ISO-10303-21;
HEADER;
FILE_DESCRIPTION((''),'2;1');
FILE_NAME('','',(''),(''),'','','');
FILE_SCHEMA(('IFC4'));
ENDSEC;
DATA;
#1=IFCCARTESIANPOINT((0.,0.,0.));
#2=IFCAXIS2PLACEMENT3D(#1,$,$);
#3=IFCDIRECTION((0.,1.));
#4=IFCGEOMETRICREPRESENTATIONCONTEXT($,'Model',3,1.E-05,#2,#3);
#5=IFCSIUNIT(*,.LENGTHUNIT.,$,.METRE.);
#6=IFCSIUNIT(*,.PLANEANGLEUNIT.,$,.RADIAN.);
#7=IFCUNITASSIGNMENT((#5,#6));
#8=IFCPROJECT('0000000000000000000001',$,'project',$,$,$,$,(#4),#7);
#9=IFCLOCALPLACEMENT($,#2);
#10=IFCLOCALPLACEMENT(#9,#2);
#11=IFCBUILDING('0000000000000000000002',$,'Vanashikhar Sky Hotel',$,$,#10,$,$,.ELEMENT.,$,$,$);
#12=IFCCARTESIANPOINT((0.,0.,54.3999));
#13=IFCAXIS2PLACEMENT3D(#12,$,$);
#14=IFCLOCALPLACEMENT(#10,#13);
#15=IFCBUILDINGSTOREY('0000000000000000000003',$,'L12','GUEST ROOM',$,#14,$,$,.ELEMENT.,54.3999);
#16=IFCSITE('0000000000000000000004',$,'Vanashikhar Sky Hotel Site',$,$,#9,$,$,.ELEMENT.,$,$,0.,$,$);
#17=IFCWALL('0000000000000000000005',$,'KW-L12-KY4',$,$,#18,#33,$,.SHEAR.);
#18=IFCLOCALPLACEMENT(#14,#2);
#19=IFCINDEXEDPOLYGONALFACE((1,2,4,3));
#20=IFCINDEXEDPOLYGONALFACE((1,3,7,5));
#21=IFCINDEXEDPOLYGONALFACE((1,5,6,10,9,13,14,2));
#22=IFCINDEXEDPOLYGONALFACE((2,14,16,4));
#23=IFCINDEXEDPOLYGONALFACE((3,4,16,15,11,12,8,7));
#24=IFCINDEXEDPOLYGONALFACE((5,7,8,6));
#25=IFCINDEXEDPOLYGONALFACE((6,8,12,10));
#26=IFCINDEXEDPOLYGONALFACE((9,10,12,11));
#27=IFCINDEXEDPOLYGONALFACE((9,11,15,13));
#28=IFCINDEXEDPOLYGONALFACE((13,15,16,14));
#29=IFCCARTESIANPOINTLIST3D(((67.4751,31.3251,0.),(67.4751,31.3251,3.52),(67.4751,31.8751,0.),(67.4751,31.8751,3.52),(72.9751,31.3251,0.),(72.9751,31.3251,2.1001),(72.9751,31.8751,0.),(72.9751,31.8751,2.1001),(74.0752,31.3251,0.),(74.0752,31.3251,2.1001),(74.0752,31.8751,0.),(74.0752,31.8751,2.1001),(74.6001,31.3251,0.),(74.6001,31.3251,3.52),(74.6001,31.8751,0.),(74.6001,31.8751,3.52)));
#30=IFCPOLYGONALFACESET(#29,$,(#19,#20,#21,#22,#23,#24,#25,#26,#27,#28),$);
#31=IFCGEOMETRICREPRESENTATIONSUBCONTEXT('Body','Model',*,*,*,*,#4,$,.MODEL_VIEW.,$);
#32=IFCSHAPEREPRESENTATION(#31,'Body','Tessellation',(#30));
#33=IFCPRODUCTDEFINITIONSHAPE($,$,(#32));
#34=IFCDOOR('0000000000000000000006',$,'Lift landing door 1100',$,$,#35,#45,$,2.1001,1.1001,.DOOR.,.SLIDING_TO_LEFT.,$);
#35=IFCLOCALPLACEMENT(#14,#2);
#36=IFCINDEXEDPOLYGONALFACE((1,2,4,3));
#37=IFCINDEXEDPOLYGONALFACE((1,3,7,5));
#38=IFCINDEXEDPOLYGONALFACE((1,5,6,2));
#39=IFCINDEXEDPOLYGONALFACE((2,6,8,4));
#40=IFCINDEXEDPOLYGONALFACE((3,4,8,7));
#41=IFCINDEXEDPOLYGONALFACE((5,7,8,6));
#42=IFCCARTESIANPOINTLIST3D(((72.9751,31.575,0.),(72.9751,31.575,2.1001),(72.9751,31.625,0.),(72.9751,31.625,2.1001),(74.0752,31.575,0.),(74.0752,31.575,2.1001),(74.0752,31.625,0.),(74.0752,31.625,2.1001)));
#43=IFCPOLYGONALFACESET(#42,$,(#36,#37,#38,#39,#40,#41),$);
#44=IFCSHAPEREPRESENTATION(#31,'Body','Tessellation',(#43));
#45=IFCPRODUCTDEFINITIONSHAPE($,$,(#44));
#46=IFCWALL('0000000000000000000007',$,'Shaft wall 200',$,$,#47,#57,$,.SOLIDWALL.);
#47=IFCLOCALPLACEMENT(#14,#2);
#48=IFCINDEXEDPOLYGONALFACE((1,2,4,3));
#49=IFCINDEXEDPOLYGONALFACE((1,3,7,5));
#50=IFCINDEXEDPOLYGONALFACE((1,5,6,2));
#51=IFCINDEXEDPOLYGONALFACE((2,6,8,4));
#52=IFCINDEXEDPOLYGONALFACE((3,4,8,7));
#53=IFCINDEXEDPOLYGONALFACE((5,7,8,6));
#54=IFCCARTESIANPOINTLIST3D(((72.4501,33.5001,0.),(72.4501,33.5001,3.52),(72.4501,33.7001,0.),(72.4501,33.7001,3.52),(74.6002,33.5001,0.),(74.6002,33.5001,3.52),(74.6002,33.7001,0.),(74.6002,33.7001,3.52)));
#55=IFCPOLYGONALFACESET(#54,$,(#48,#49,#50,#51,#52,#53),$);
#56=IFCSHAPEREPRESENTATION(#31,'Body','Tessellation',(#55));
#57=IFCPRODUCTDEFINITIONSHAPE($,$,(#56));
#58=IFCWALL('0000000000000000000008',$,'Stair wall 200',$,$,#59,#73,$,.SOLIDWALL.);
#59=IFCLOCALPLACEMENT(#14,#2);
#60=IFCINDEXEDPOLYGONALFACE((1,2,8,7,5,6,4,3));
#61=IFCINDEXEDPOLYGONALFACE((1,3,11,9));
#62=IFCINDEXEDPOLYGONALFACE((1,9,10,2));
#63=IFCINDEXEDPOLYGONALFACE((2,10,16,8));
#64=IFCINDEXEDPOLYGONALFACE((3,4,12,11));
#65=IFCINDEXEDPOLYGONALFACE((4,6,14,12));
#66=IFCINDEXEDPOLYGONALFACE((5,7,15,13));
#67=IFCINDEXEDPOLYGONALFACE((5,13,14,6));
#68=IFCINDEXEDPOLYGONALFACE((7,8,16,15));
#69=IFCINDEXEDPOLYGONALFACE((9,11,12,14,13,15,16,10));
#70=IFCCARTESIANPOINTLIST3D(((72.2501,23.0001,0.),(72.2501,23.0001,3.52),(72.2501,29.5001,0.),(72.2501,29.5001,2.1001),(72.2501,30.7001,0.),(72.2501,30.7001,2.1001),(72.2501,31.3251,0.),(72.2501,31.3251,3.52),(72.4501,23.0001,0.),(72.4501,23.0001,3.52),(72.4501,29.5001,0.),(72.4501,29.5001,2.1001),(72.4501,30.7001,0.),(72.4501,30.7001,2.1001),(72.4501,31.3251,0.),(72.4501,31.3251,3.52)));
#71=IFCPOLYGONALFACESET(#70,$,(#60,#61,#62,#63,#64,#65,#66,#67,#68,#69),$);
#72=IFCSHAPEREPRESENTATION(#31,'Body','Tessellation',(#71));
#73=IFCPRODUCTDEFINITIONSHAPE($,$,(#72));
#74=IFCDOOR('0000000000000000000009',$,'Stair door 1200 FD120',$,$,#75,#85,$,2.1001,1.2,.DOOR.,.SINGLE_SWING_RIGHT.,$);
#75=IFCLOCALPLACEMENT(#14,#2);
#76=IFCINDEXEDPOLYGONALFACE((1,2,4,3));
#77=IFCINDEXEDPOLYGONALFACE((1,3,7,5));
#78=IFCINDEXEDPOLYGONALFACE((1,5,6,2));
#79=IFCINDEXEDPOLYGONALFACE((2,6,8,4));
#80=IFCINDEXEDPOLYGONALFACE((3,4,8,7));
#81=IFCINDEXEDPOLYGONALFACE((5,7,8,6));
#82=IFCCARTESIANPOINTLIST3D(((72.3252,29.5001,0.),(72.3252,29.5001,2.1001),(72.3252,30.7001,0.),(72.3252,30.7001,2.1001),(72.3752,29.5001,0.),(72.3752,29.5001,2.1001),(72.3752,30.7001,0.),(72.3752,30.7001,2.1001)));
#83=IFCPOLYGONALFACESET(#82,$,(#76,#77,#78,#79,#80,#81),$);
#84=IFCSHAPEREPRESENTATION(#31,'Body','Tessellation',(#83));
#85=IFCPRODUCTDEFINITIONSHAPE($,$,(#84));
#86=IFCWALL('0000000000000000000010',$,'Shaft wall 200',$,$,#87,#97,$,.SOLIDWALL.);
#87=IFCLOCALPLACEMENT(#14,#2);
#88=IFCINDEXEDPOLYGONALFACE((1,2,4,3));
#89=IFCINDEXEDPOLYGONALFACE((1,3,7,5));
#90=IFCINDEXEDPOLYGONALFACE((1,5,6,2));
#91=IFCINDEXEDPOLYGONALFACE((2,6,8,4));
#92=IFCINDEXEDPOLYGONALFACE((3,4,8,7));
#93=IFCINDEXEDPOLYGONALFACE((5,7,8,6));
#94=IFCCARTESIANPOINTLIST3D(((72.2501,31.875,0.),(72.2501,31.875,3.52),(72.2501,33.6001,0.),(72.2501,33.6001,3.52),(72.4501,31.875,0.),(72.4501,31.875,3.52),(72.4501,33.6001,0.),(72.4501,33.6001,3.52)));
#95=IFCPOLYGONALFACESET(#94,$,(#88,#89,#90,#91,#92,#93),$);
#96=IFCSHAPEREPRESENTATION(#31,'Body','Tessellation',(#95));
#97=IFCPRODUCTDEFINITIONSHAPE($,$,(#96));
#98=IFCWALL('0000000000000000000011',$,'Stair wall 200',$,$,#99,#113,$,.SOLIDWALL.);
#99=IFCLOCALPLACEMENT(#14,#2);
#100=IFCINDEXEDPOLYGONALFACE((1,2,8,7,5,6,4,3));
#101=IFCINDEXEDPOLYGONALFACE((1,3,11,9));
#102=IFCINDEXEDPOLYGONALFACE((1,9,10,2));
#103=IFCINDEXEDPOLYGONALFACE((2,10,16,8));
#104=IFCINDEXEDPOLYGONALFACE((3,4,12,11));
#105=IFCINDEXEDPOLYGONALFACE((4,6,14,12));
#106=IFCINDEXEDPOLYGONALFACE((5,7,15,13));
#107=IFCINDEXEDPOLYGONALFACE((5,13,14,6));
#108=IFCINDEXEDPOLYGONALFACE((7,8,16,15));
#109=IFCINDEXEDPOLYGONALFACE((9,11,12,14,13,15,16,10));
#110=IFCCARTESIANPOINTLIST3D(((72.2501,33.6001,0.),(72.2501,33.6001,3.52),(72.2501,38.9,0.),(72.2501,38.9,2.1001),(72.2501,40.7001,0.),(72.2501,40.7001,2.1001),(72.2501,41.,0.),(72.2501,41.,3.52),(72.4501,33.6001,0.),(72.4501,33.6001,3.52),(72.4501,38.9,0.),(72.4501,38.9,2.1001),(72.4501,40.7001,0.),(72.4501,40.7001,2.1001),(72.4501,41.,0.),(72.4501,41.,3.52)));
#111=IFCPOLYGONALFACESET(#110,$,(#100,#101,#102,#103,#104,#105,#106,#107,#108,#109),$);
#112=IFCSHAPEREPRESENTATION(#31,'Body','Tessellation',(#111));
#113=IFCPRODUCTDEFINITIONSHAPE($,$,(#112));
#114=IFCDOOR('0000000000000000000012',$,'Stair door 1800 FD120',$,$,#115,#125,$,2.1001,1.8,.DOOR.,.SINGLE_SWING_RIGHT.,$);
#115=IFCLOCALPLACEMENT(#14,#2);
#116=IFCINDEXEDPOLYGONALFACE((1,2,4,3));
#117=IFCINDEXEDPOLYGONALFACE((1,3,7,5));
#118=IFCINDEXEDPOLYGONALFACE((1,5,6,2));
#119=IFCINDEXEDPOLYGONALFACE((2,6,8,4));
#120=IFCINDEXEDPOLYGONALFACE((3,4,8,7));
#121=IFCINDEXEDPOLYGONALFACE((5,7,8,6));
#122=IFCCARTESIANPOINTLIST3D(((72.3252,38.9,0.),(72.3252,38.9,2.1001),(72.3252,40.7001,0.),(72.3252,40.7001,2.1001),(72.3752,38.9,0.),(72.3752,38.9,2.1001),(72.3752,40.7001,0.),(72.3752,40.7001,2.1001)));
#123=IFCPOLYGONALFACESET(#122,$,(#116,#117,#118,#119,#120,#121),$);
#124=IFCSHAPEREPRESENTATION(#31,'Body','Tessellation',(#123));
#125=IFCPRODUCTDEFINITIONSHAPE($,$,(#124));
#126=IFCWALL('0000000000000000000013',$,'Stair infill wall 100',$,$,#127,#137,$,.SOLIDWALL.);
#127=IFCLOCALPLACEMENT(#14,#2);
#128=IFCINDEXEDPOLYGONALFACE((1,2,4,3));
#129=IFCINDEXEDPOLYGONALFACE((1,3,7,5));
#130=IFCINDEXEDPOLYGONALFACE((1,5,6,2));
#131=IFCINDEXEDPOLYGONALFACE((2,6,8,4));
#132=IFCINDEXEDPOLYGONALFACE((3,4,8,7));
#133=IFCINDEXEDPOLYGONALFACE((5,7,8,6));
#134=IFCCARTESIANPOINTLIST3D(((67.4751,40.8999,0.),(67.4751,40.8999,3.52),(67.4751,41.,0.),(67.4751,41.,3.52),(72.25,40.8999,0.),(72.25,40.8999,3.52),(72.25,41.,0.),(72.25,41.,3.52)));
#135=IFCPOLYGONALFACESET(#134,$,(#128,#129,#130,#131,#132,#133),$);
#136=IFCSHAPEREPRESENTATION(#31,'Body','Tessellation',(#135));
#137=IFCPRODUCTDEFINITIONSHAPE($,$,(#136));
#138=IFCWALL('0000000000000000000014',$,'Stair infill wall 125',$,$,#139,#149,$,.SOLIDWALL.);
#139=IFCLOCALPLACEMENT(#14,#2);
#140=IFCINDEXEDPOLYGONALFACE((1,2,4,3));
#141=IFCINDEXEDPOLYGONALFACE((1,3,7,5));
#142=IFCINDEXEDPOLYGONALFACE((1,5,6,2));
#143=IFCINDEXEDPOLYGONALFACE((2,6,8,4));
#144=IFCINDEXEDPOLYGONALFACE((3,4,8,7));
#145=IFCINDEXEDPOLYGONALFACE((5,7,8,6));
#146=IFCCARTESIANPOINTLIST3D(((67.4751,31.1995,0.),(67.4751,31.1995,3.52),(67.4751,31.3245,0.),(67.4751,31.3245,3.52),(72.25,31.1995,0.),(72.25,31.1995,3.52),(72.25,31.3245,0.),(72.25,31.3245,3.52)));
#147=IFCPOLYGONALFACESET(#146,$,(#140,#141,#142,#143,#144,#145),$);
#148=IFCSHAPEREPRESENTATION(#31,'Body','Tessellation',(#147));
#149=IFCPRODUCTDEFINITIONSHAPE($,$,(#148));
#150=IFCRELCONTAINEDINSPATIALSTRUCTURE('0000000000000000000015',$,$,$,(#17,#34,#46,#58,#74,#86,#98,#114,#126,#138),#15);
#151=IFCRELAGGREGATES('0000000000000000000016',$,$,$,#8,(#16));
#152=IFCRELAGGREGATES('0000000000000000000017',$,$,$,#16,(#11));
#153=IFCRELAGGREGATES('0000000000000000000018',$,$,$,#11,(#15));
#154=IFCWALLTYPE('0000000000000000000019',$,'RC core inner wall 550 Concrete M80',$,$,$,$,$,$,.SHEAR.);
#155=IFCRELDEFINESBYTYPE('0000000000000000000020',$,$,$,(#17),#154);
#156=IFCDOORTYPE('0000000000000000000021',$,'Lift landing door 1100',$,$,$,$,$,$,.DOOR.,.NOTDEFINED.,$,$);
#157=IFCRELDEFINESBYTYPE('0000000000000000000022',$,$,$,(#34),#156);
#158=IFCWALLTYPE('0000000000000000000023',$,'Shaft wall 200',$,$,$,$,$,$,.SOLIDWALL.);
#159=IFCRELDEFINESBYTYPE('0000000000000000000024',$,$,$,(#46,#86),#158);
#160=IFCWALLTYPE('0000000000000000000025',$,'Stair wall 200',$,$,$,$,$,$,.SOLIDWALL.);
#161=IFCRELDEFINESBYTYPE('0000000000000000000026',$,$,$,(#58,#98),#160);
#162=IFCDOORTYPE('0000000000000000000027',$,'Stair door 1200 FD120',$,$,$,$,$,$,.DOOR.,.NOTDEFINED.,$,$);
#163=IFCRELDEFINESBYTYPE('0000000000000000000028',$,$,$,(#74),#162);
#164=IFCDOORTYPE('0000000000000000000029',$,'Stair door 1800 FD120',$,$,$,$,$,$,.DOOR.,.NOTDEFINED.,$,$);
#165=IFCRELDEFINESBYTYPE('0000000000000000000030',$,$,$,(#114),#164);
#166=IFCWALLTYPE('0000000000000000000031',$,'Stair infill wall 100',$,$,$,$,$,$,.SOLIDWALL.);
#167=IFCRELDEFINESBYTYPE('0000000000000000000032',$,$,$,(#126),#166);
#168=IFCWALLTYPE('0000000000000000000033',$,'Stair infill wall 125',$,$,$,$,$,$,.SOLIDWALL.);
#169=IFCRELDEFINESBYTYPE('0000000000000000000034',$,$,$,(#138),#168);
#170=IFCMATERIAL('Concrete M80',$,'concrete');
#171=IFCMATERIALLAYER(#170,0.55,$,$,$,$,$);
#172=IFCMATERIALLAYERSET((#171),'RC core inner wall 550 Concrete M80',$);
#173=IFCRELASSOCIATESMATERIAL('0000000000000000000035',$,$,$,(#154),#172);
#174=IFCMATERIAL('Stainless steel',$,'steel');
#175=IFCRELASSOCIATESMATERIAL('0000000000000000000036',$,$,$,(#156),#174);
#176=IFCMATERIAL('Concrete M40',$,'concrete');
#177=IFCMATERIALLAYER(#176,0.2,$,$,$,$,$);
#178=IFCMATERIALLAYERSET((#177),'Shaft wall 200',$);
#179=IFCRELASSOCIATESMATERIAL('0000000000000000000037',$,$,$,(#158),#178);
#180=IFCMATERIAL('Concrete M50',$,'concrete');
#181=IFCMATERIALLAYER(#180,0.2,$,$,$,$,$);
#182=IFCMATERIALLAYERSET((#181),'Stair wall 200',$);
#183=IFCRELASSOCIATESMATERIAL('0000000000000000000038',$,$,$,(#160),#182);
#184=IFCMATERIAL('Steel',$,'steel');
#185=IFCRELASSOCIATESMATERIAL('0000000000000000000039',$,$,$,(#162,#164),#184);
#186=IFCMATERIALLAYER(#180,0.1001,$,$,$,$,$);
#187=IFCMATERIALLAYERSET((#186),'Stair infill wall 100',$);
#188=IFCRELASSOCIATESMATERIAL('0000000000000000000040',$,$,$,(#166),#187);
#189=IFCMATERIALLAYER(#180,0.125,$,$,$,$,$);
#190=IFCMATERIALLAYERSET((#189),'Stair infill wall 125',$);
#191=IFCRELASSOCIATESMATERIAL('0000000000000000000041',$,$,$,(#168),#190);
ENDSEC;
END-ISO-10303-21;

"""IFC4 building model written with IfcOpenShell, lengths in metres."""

from ifc_helpers import new_model, si_unit, direction, frame, frame_2d, origin, place, context, subcontext, project, spatial, rectangle, extrude, source, transform, mapped, material, layer, layer_set, type_object, element, fill, save


model = new_model("IFC4")

# Units and contexts
model_context = context("Model", 3, precision=1e-05, world=origin(), true_north=direction((0.0, 1.0)))
body_context = subcontext(model_context, "Body", "Model", "MODEL_VIEW")
ifc_project = project(units=[si_unit("LENGTHUNIT", "METRE"), si_unit("PLANEANGLEUNIT", "RADIAN")], contexts=[model_context])

# Site, building, storey
site_placement = place(None, origin())
site = spatial("IfcSite", under=ifc_project, at=site_placement, Name="Vanashikhar Sky Hotel Site", CompositionType="ELEMENT", RefElevation=0.0)
building_placement = place(site_placement, origin())
building = spatial("IfcBuilding", under=site, at=building_placement, Name="Vanashikhar Sky Hotel", CompositionType="ELEMENT")
storey_placement = place(building_placement, frame((0.0, 0.0, 54.3999)))
storey = spatial("IfcBuildingStorey", under=building, at=storey_placement, Name="L12", Description="GUEST ROOM", CompositionType="ELEMENT", Elevation=54.3999)

# Wall, opening, door
ifc_material_1 = material(Name="Concrete M80", Category="concrete")
ifc_layer_1 = layer(ifc_material_1, 0.55)
ifc_layer_set_1 = layer_set([ifc_layer_1], Name="RC core inner wall 550 Concrete M80")
wall_type_1 = type_object("IfcWallType", Name="RC core inner wall 550 Concrete M80", PredefinedType="SHEAR", material=ifc_layer_set_1)
shared_shape_1 = source(origin(), body_context, "Body", "SweptSolid", [
    extrude(rectangle(XDim=7.125, YDim=0.55, at=frame_2d((3.5625, 0.0))), origin(), (0.0, 0.0, 1.0), 3.52),
])
wall_1_placement = place(storey_placement, frame((67.4751, 31.6001, 0.0), z_axis=(0.0, 0.0, 1.0), x_axis=(1.0, 0.0, 0.0)))
wall_1 = element("IfcWall", 1, at=wall_1_placement, inside=storey, type_object=wall_type_1, Name="KW-L12-KY4", PredefinedType="SHEAR", context=body_context, shape_type="MappedRepresentation", body=[
    mapped(shared_shape_1, transform((0.0, 0.0, 0.0), scale=1.0)),
])
shared_shape_2 = source(origin(), body_context, "Body", "SweptSolid", [
    extrude(rectangle(XDim=1.1001, YDim=2.1001, at=frame_2d((0.55, 1.05))), frame((0.0, 0.2852, 0.0), z_axis=(0.0, -1.0, 0.0), x_axis=(1.0, 0.0, 0.0)), (0.0, 0.0, 1.0), 0.5701),
])
opening_1_placement = place(wall_1_placement, frame((5.5, 0.0, 0.0)))
opening_1 = element("IfcOpeningElement", 2, at=opening_1_placement, cuts=wall_1, PredefinedType="OPENING", context=body_context, shape_type="MappedRepresentation", body=[
    mapped(shared_shape_2, transform((0.0, 0.0, 0.0), scale=1.0)),
])
ifc_material_2 = material(Name="Stainless steel", Category="steel")
door_type_1 = type_object("IfcDoorType", Name="Lift landing door 1100", OperationType="NOTDEFINED", PredefinedType="DOOR", material=ifc_material_2)
shared_shape_3 = source(origin(), body_context, "Body", "SweptSolid", [
    extrude(rectangle(XDim=1.1001, YDim=2.1001, at=frame_2d((0.55, 1.05))), frame((0.0, 0.0249, 0.0), z_axis=(0.0, -1.0, 0.0), x_axis=(1.0, 0.0, 0.0)), (0.0, 0.0, 1.0), 0.05),
])
door_1_placement = place(opening_1_placement, origin())
door_1 = element("IfcDoor", 3, at=door_1_placement, inside=storey, type_object=door_type_1, Name="Lift landing door 1100", OperationType="SLIDING_TO_LEFT", OverallHeight=2.1001, OverallWidth=1.1001, PredefinedType="DOOR", context=body_context, shape_type="MappedRepresentation", body=[
    mapped(shared_shape_3, transform((0.0, 0.0, 0.0), scale=1.0)),
])
fill(opening_1, door_1)

# Wall
ifc_material_3 = material(Name="Concrete M40", Category="concrete")
ifc_layer_2 = layer(ifc_material_3, 0.2)
ifc_layer_set_2 = layer_set([ifc_layer_2], Name="Shaft wall 200")
wall_type_2 = type_object("IfcWallType", Name="Shaft wall 200", PredefinedType="SOLIDWALL", material=ifc_layer_set_2)
shared_shape_4 = source(origin(), body_context, "Body", "SweptSolid", [
    extrude(rectangle(XDim=2.1501, YDim=0.2, at=frame_2d((1.0752, 0.0))), origin(), (0.0, 0.0, 1.0), 3.52),
])
wall_2_placement = place(storey_placement, frame((72.45, 33.6001, 0.0), z_axis=(0.0, 0.0, 1.0), x_axis=(1.0, 0.0, 0.0)))
element("IfcWall", 4, at=wall_2_placement, inside=storey, type_object=wall_type_2, Name="Shaft wall 200", PredefinedType="SOLIDWALL", context=body_context, shape_type="MappedRepresentation", body=[
    mapped(shared_shape_4, transform((0.0, 0.0, 0.0), scale=1.0)),
])

# Wall, opening, door
ifc_material_4 = material(Name="Concrete M50", Category="concrete")
ifc_layer_3 = layer(ifc_material_4, 0.2)
ifc_layer_set_3 = layer_set([ifc_layer_3], Name="Stair wall 200")
wall_type_3 = type_object("IfcWallType", Name="Stair wall 200", PredefinedType="SOLIDWALL", material=ifc_layer_set_3)
shared_shape_5 = source(origin(), body_context, "Body", "SweptSolid", [
    extrude(rectangle(XDim=8.325, YDim=0.2, at=frame_2d((4.1626, 0.0))), origin(), (0.0, 0.0, 1.0), 3.52),
])
wall_3_placement = place(storey_placement, frame((72.3501, 23.0, 0.0), z_axis=(0.0, 0.0, 1.0), x_axis=(0.0, 1.0, 0.0)))
wall_3 = element("IfcWall", 5, at=wall_3_placement, inside=storey, type_object=wall_type_3, Name="Stair wall 200", PredefinedType="SOLIDWALL", context=body_context, shape_type="MappedRepresentation", body=[
    mapped(shared_shape_5, transform((0.0, 0.0, 0.0), scale=1.0)),
])
shared_shape_6 = source(origin(), body_context, "Body", "SweptSolid", [
    extrude(rectangle(XDim=1.2, YDim=2.1001, at=frame_2d((0.6001, 1.05))), frame((0.0, 0.1099, 0.0), z_axis=(0.0, -1.0, 0.0), x_axis=(1.0, 0.0, 0.0)), (0.0, 0.0, 1.0), 0.22),
])
opening_2_placement = place(wall_3_placement, frame((6.5, 0.0, 0.0)))
opening_2 = element("IfcOpeningElement", 6, at=opening_2_placement, cuts=wall_3, PredefinedType="OPENING", context=body_context, shape_type="MappedRepresentation", body=[
    mapped(shared_shape_6, transform((0.0, 0.0, 0.0), scale=1.0)),
])
ifc_material_5 = material(Name="Steel", Category="steel")
door_type_2 = type_object("IfcDoorType", Name="Stair door 1200 FD120", OperationType="NOTDEFINED", PredefinedType="DOOR", material=ifc_material_5)
shared_shape_7 = source(origin(), body_context, "Body", "SweptSolid", [
    extrude(rectangle(XDim=1.2, YDim=2.1001, at=frame_2d((0.6001, 1.05))), frame((0.0, 0.0249, 0.0), z_axis=(0.0, -1.0, 0.0), x_axis=(1.0, 0.0, 0.0)), (0.0, 0.0, 1.0), 0.05),
])
door_2_placement = place(opening_2_placement, origin())
door_2 = element("IfcDoor", 7, at=door_2_placement, inside=storey, type_object=door_type_2, Name="Stair door 1200 FD120", OperationType="SINGLE_SWING_RIGHT", OverallHeight=2.1001, OverallWidth=1.2, PredefinedType="DOOR", context=body_context, shape_type="MappedRepresentation", body=[
    mapped(shared_shape_7, transform((0.0, 0.0, 0.0), scale=1.0)),
])
fill(opening_2, door_2)

# Wall
shared_shape_8 = source(origin(), body_context, "Body", "SweptSolid", [
    extrude(rectangle(XDim=1.7251, YDim=0.2, at=frame_2d((0.8625, 0.0))), origin(), (0.0, 0.0, 1.0), 3.52),
])
wall_4_placement = place(storey_placement, frame((72.3501, 31.875, 0.0), z_axis=(0.0, 0.0, 1.0), x_axis=(0.0, 1.0, 0.0)))
element("IfcWall", 8, at=wall_4_placement, inside=storey, type_object=wall_type_2, Name="Shaft wall 200", PredefinedType="SOLIDWALL", context=body_context, shape_type="MappedRepresentation", body=[
    mapped(shared_shape_8, transform((0.0, 0.0, 0.0), scale=1.0)),
])

# Wall, opening, door
shared_shape_9 = source(origin(), body_context, "Body", "SweptSolid", [
    extrude(rectangle(XDim=7.3999, YDim=0.2, at=frame_2d((3.7, 0.0))), origin(), (0.0, 0.0, 1.0), 3.52),
])
wall_5_placement = place(storey_placement, frame((72.3501, 33.6001, 0.0), z_axis=(0.0, 0.0, 1.0), x_axis=(0.0, 1.0, 0.0)))
wall_5 = element("IfcWall", 9, at=wall_5_placement, inside=storey, type_object=wall_type_3, Name="Stair wall 200", PredefinedType="SOLIDWALL", context=body_context, shape_type="MappedRepresentation", body=[
    mapped(shared_shape_9, transform((0.0, 0.0, 0.0), scale=1.0)),
])
shared_shape_10 = source(origin(), body_context, "Body", "SweptSolid", [
    extrude(rectangle(XDim=1.8, YDim=2.1001, at=frame_2d((0.8999, 1.05))), frame((0.0, 0.1099, 0.0), z_axis=(0.0, -1.0, 0.0), x_axis=(1.0, 0.0, 0.0)), (0.0, 0.0, 1.0), 0.22),
])
opening_3_placement = place(wall_5_placement, frame((5.3, 0.0, 0.0)))
opening_3 = element("IfcOpeningElement", 10, at=opening_3_placement, cuts=wall_5, PredefinedType="OPENING", context=body_context, shape_type="MappedRepresentation", body=[
    mapped(shared_shape_10, transform((0.0, 0.0, 0.0), scale=1.0)),
])
door_type_3 = type_object("IfcDoorType", Name="Stair door 1800 FD120", OperationType="NOTDEFINED", PredefinedType="DOOR", material=ifc_material_5)
shared_shape_11 = source(origin(), body_context, "Body", "SweptSolid", [
    extrude(rectangle(XDim=1.8, YDim=2.1001, at=frame_2d((0.8999, 1.05))), frame((0.0, 0.0249, 0.0), z_axis=(0.0, -1.0, 0.0), x_axis=(1.0, 0.0, 0.0)), (0.0, 0.0, 1.0), 0.05),
])
door_3_placement = place(opening_3_placement, origin())
door_3 = element("IfcDoor", 11, at=door_3_placement, inside=storey, type_object=door_type_3, Name="Stair door 1800 FD120", OperationType="SINGLE_SWING_RIGHT", OverallHeight=2.1001, OverallWidth=1.8, PredefinedType="DOOR", context=body_context, shape_type="MappedRepresentation", body=[
    mapped(shared_shape_11, transform((0.0, 0.0, 0.0), scale=1.0)),
])
fill(opening_3, door_3)

# Walls
ifc_layer_4 = layer(ifc_material_4, 0.1001)
ifc_layer_set_4 = layer_set([ifc_layer_4], Name="Stair infill wall 100")
wall_type_4 = type_object("IfcWallType", Name="Stair infill wall 100", PredefinedType="SOLIDWALL", material=ifc_layer_set_4)
shared_shape_12 = source(origin(), body_context, "Body", "SweptSolid", [
    extrude(rectangle(XDim=4.7749, YDim=0.1001, at=frame_2d((2.3875, 0.0))), origin(), (0.0, 0.0, 1.0), 3.52),
])
wall_6_placement = place(storey_placement, frame((67.4751, 40.95, 0.0), z_axis=(0.0, 0.0, 1.0), x_axis=(1.0, 0.0, 0.0)))
element("IfcWall", 12, at=wall_6_placement, inside=storey, type_object=wall_type_4, Name="Stair infill wall 100", PredefinedType="SOLIDWALL", context=body_context, shape_type="MappedRepresentation", body=[
    mapped(shared_shape_12, transform((0.0, 0.0, 0.0), scale=1.0)),
])
ifc_layer_5 = layer(ifc_material_4, 0.125)
ifc_layer_set_5 = layer_set([ifc_layer_5], Name="Stair infill wall 125")
wall_type_5 = type_object("IfcWallType", Name="Stair infill wall 125", PredefinedType="SOLIDWALL", material=ifc_layer_set_5)
shared_shape_13 = source(origin(), body_context, "Body", "SweptSolid", [
    extrude(rectangle(XDim=4.7749, YDim=0.125, at=frame_2d((2.3875, 0.0))), origin(), (0.0, 0.0, 1.0), 3.52),
])
wall_7_placement = place(storey_placement, frame((67.4751, 31.262, 0.0), z_axis=(0.0, 0.0, 1.0), x_axis=(1.0, 0.0, 0.0)))
element("IfcWall", 13, at=wall_7_placement, inside=storey, type_object=wall_type_5, Name="Stair infill wall 125", PredefinedType="SOLIDWALL", context=body_context, shape_type="MappedRepresentation", body=[
    mapped(shared_shape_13, transform((0.0, 0.0, 0.0), scale=1.0)),
])

save(model, "model.ifc")
